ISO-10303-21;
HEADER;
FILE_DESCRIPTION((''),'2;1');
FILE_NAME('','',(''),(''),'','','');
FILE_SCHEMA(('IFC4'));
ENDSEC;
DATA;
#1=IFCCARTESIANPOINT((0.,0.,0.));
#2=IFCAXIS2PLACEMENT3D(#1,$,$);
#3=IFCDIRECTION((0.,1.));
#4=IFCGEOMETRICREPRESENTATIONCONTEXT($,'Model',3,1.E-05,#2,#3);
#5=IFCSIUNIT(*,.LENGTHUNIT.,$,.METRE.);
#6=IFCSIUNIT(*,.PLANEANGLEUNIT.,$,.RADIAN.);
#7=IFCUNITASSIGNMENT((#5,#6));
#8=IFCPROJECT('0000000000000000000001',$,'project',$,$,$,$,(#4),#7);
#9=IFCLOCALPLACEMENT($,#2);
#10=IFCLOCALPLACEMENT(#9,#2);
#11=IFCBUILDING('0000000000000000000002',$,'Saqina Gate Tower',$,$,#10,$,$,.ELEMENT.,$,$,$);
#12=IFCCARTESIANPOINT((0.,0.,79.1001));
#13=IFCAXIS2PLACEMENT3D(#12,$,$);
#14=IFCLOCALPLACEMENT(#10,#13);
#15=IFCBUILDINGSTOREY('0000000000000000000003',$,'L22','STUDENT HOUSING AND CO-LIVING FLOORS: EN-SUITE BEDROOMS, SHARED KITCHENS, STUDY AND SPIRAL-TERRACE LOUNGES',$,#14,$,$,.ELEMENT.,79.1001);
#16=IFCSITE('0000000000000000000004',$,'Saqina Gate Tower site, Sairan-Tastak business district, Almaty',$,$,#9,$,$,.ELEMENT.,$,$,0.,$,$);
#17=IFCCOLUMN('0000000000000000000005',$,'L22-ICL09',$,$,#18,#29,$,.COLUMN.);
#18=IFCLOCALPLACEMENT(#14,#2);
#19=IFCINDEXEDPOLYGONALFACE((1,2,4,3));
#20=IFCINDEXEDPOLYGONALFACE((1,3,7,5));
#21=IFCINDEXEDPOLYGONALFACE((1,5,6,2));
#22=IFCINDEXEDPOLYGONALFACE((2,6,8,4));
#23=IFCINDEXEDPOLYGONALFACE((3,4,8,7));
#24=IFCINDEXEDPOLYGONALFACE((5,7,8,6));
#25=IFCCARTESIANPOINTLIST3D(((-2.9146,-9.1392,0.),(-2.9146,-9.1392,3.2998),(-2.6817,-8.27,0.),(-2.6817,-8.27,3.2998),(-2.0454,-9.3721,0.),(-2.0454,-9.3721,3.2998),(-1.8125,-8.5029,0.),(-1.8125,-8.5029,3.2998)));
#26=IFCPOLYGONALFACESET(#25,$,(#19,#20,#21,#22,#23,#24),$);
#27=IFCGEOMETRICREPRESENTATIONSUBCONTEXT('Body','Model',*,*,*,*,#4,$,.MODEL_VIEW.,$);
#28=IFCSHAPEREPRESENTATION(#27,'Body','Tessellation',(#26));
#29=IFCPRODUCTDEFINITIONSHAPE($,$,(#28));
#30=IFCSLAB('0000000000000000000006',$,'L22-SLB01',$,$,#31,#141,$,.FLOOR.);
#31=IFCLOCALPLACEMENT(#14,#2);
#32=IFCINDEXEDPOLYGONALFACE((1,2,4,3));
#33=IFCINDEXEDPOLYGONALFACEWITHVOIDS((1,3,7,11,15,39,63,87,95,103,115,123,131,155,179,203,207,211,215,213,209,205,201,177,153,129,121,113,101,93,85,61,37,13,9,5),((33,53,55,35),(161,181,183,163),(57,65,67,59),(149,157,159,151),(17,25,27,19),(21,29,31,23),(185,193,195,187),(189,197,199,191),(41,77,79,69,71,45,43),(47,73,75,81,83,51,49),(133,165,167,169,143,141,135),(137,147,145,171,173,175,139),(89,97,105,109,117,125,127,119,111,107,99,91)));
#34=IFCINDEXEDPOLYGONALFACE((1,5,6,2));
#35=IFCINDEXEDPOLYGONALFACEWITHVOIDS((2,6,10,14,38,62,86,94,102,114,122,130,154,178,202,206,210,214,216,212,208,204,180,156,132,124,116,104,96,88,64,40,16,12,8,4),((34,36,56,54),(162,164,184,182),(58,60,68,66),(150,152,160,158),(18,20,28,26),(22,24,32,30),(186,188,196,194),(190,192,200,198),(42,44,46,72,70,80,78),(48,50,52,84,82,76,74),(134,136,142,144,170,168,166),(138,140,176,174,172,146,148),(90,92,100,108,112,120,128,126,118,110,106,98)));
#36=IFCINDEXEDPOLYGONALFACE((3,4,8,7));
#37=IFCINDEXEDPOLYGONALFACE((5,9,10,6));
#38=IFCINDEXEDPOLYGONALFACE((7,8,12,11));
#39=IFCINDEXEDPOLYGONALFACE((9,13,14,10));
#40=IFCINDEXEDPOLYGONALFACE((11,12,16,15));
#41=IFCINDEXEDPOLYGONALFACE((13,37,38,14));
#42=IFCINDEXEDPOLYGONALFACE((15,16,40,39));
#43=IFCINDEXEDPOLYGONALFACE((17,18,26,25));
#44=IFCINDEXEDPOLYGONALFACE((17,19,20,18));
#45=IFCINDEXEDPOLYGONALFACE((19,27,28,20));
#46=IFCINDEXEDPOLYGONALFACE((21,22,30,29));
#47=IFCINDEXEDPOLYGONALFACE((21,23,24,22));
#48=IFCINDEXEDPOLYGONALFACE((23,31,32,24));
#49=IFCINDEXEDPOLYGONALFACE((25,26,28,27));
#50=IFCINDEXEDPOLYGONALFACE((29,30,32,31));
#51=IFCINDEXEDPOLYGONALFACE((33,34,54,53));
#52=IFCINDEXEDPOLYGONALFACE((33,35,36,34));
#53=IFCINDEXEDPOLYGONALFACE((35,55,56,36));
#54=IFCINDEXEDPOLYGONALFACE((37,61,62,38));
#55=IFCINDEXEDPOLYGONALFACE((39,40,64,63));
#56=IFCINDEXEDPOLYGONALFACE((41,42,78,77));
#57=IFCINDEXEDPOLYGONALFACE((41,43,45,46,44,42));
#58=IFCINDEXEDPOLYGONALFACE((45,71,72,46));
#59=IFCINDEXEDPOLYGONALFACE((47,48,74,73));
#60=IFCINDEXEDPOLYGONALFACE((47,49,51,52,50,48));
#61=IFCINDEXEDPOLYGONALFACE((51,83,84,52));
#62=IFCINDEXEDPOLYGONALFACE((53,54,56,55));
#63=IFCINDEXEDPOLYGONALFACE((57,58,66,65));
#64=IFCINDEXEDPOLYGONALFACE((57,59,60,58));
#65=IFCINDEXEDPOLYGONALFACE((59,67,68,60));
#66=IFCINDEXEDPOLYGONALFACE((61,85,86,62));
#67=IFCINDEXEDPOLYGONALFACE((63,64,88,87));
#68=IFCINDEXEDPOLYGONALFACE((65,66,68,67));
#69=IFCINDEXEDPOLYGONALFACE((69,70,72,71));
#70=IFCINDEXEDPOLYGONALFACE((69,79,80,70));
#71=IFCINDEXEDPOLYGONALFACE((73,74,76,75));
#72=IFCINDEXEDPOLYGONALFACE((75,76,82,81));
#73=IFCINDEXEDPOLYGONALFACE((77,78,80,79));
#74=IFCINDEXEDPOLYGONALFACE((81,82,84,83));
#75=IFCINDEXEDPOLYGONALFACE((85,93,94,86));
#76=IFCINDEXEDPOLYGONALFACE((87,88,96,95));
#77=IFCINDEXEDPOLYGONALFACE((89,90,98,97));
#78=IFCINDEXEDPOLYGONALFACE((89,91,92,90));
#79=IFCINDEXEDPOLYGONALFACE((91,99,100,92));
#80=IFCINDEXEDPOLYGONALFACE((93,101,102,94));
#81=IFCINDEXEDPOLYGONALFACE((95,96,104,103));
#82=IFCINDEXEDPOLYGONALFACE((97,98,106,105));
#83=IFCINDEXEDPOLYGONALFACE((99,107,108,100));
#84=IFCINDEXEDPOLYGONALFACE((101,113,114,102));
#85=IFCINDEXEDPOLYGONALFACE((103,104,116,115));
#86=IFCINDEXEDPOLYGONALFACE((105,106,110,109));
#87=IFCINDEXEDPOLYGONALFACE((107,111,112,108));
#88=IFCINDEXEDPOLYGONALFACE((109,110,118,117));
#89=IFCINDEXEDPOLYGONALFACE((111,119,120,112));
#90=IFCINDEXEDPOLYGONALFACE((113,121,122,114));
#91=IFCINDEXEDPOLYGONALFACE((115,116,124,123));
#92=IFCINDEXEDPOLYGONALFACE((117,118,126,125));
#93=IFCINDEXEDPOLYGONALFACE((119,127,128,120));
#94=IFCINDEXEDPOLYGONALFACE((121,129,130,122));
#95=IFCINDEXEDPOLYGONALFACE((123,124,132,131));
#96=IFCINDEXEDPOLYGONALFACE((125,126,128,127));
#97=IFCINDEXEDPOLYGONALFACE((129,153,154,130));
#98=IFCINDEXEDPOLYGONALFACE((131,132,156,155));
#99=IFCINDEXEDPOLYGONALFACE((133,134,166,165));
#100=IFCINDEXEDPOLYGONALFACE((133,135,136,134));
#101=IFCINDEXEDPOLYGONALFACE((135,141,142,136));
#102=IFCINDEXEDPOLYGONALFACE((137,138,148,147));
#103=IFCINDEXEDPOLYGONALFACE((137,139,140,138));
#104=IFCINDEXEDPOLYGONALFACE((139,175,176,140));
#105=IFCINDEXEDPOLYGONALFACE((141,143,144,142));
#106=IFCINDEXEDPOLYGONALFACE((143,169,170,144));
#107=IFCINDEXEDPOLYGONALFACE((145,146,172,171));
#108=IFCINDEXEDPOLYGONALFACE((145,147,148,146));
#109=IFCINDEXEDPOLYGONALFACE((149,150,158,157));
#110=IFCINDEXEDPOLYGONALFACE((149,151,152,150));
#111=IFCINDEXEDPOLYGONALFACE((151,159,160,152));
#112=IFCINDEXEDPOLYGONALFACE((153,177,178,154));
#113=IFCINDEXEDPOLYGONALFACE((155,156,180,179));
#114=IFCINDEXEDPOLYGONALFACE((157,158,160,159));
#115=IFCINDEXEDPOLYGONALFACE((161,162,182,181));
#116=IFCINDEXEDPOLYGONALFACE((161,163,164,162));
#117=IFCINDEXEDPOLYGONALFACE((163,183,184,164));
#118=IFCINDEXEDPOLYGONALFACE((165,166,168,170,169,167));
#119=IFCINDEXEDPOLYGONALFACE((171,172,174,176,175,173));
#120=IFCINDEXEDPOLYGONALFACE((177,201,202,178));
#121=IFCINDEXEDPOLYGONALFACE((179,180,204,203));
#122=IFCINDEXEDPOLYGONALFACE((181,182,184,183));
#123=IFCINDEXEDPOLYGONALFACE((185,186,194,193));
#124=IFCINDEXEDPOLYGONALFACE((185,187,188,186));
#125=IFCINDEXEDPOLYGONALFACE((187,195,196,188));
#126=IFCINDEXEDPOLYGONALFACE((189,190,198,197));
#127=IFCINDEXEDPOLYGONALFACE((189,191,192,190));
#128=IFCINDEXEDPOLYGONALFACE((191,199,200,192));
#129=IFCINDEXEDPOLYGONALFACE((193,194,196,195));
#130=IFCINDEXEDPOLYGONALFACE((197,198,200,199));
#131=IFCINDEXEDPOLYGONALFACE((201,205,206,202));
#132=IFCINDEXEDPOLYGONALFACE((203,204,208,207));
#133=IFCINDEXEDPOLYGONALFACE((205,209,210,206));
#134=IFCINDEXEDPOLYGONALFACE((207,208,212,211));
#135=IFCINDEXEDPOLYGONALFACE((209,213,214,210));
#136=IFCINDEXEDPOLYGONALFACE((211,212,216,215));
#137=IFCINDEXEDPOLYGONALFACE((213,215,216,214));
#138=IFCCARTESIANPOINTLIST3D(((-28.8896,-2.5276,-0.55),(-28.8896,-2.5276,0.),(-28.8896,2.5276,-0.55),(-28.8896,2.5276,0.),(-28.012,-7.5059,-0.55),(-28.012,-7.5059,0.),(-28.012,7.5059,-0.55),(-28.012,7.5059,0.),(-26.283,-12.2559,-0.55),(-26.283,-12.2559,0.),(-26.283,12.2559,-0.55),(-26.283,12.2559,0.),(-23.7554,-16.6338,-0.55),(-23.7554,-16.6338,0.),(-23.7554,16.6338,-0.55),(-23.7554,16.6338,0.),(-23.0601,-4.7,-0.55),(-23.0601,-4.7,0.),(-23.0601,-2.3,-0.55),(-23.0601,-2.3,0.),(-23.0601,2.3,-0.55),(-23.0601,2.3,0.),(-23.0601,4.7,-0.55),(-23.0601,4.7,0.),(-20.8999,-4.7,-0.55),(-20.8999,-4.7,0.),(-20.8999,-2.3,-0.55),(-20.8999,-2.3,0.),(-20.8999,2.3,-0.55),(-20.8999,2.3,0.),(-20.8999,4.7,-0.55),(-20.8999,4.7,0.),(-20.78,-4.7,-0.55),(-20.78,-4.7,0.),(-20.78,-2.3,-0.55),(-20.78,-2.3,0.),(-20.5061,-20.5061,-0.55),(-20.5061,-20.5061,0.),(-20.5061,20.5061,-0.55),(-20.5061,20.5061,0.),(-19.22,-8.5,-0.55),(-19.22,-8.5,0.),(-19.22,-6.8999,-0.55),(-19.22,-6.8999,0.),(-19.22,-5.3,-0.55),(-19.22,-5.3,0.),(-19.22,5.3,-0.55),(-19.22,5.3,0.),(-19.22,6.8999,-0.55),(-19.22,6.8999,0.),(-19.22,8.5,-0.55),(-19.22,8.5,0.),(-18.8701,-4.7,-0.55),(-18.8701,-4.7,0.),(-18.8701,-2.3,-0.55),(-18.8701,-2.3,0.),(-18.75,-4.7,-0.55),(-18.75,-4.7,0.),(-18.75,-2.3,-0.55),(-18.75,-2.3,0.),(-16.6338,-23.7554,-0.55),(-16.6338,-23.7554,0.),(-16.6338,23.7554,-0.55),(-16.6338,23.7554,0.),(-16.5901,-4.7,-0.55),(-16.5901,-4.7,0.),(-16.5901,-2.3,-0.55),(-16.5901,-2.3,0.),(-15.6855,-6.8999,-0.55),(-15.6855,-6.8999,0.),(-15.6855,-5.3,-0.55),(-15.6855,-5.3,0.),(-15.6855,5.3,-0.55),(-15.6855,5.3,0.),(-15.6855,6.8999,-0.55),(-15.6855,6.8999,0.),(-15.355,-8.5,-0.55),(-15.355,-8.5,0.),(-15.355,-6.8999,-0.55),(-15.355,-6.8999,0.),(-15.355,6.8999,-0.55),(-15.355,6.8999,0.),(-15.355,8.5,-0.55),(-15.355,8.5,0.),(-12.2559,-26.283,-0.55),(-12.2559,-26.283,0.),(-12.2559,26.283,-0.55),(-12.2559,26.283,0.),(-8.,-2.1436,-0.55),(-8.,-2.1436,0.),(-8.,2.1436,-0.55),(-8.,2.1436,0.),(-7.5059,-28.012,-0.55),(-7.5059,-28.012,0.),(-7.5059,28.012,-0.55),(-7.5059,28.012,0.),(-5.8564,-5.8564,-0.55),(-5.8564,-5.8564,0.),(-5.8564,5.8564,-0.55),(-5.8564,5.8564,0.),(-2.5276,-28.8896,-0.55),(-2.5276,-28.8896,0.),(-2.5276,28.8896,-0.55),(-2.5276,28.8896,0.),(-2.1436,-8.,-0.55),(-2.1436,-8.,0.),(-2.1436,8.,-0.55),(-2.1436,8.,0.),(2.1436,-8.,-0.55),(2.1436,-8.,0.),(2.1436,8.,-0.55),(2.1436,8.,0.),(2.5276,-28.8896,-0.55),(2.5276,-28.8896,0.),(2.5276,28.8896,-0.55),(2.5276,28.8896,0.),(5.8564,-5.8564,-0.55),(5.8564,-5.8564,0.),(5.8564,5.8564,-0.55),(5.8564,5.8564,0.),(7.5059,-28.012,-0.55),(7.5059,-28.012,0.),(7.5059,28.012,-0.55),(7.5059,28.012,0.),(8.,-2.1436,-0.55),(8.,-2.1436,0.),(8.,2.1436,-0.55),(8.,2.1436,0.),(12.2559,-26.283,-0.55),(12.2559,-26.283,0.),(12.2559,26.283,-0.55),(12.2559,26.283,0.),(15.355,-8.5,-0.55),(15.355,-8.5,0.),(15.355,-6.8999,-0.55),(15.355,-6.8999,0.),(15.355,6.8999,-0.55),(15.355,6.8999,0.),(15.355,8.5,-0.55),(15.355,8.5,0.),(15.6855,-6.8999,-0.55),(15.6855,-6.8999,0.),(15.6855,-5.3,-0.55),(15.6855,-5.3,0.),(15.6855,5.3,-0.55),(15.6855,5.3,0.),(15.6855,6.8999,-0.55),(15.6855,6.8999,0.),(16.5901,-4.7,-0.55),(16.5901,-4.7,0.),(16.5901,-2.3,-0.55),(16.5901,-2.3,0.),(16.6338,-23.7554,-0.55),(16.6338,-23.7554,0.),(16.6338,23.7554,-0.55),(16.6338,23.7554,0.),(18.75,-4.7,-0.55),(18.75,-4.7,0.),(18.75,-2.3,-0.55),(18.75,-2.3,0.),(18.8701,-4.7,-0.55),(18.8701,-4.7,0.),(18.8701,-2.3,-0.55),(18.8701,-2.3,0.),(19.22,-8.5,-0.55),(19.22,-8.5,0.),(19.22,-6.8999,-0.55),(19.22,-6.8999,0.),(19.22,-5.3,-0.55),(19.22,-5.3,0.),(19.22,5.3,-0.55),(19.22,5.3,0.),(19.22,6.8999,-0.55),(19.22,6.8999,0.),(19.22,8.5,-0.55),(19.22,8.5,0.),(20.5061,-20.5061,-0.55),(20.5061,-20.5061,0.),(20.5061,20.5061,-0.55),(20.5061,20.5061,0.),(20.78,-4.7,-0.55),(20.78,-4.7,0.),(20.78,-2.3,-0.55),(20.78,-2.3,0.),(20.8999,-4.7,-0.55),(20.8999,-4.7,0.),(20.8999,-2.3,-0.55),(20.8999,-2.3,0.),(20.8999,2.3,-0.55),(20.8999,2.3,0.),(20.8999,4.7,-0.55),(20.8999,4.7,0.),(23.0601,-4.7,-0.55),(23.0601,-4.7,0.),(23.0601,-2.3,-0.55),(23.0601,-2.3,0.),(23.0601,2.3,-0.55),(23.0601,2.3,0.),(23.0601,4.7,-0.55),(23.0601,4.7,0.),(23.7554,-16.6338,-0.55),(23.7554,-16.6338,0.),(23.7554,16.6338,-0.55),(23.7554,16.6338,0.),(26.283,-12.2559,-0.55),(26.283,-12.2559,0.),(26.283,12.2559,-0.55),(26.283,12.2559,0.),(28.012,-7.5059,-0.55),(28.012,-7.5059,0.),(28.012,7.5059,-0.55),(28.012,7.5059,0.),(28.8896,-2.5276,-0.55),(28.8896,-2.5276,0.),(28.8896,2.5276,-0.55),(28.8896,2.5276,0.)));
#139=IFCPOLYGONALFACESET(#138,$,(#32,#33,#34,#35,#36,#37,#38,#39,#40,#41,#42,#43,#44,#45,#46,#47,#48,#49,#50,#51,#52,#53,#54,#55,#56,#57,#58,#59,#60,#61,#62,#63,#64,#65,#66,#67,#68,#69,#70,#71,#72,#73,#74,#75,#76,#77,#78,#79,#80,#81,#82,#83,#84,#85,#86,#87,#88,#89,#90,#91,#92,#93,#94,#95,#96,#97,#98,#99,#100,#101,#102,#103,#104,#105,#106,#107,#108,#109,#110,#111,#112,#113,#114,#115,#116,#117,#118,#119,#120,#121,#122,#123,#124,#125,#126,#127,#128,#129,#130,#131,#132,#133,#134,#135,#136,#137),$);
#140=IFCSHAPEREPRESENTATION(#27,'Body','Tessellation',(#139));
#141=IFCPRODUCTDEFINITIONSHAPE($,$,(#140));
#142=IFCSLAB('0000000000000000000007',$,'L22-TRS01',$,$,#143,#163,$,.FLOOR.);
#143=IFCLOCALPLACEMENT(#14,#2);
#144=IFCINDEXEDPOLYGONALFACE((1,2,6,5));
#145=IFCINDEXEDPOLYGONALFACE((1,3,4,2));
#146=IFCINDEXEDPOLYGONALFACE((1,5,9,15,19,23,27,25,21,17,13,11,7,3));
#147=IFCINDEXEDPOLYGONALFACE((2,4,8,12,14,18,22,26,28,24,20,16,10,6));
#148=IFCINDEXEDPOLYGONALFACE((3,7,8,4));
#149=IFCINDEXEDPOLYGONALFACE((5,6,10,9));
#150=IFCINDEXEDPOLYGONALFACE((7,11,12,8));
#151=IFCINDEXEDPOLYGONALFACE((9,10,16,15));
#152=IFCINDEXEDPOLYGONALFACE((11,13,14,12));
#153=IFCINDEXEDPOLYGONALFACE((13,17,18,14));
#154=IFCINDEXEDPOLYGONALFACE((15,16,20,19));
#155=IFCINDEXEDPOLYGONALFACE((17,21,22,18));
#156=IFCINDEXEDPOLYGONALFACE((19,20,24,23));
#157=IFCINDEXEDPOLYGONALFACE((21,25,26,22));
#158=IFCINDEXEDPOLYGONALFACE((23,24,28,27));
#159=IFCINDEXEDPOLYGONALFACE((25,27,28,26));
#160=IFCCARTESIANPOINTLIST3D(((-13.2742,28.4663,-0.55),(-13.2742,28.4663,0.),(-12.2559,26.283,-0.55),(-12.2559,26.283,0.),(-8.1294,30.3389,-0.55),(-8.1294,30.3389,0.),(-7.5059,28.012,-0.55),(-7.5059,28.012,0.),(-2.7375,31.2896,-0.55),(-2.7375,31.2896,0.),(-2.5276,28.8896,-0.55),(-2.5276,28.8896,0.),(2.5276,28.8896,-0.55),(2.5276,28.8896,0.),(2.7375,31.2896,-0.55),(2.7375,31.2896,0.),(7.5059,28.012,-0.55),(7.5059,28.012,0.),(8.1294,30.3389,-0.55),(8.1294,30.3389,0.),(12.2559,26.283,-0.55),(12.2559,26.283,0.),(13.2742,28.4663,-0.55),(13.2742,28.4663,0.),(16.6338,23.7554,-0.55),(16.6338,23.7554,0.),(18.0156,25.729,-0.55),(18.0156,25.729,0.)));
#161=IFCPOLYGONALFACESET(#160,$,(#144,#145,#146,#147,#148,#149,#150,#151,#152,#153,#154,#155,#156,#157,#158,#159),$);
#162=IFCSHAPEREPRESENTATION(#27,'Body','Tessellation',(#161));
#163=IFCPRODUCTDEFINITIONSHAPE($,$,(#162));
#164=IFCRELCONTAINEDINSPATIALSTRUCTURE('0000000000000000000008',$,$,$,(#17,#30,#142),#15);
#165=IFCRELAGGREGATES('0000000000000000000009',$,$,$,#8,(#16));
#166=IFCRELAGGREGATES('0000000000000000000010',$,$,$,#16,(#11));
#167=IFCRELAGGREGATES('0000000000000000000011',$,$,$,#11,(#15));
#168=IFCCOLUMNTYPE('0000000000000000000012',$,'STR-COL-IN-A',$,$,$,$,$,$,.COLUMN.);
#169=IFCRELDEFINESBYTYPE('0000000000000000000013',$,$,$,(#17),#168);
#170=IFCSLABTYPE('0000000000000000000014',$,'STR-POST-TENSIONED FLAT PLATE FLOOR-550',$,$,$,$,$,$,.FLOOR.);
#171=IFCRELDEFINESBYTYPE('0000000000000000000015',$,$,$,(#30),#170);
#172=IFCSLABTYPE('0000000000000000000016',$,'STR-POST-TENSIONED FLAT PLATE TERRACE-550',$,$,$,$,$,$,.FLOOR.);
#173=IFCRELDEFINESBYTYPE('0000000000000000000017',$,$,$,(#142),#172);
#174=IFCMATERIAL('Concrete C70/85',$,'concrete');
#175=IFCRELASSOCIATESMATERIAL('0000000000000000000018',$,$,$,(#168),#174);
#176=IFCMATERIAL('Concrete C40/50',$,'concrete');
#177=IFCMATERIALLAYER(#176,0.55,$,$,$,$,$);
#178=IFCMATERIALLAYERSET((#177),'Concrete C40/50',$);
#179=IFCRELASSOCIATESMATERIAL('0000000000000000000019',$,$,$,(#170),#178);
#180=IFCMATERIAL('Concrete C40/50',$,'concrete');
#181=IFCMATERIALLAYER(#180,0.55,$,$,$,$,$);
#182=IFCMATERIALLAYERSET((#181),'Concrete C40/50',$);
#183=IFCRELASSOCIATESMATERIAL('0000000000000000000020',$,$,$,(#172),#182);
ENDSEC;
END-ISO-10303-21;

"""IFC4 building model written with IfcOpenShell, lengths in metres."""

from ifc_helpers import new_model, si_unit, direction, frame, origin, origin_2d, place, context, subcontext, project, spatial, polyline, rectangle, outline, extrude, material, layer, layer_set, material_profile, profile_set, type_object, element, save


model = new_model("IFC4")

# Units and contexts
model_context = context("Model", 3, precision=1e-05, world=origin(), true_north=direction((0.0, 1.0)))
body_context = subcontext(model_context, "Body", "Model", "MODEL_VIEW")
ifc_project = project(units=[si_unit("LENGTHUNIT", "METRE"), si_unit("PLANEANGLEUNIT", "RADIAN")], contexts=[model_context])

# Site, building, storey
site_placement = place(None, origin())
site = spatial("IfcSite", under=ifc_project, at=site_placement, Name="Saqina Gate Tower site, Sairan-Tastak business district, Almaty", CompositionType="ELEMENT", RefElevation=0.0)
building_placement = place(site_placement, origin())
building = spatial("IfcBuilding", under=site, at=building_placement, Name="Saqina Gate Tower", CompositionType="ELEMENT")
storey_placement = place(building_placement, frame((0.0, 0.0, 79.1001)))
storey = spatial("IfcBuildingStorey", under=building, at=storey_placement, Name="L22", Description="STUDENT HOUSING AND CO-LIVING FLOORS: EN-SUITE BEDROOMS, SHARED KITCHENS, STUDY AND SPIRAL-TERRACE LOUNGES", CompositionType="ELEMENT", Elevation=79.1001)

# Column
ifc_material_1 = material(Name="Concrete C70/85", Category="concrete")
ifc_material_profile = material_profile(ifc_material_1, rectangle(XDim=0.8999, YDim=0.8999, at=origin_2d()), Name="RC 900x900")
ifc_profile_set = profile_set([ifc_material_profile], Name="Concrete C70/85")
column_type = type_object("IfcColumnType", Name="STR-COL-IN-A", PredefinedType="COLUMN", material=ifc_profile_set)
column_placement = place(storey_placement, frame((-2.3635, -8.821, 0.0), z_axis=(0.0, 0.0, 1.0), x_axis=(-0.258819, -0.965926, 0.0)))
element("IfcColumn", 1, at=column_placement, inside=storey, type_object=column_type, Name="L22-ICL09", PredefinedType="COLUMN", context=body_context, shape_type="SweptSolid", body=[
    extrude(rectangle(XDim=0.8999, YDim=0.8999, at=origin_2d()), origin(), (0.0, 0.0, 1.0), 3.2998),
])

# Slabs
ifc_material_2 = material(Name="Concrete C40/50", Category="concrete")
ifc_layer_1 = layer(ifc_material_2, 0.55)
ifc_layer_set_1 = layer_set([ifc_layer_1], Name="Concrete C40/50")
slab_type_1 = type_object("IfcSlabType", Name="STR-POST-TENSIONED FLAT PLATE FLOOR-550", PredefinedType="FLOOR", material=ifc_layer_set_1)
slab_1_placement = place(storey_placement, frame((0.0, 0.0, -0.55)))
element("IfcSlab", 2, at=slab_1_placement, inside=storey, type_object=slab_type_1, Name="L22-SLB01", PredefinedType="FLOOR", context=body_context, shape_type="SweptSolid", body=[
    extrude(outline(polyline([(28.012, -7.5059), (28.8896, -2.5276), (28.8896, 2.5276), (28.012, 7.5059), (26.283, 12.2559), (23.7554, 16.6338), (20.5061, 20.5061), (16.6338, 23.7554), (12.2559, 26.283), (7.5059, 28.012), (2.5276, 28.8896), (-2.5276, 28.8896), (-7.5059, 28.012), (-12.2559, 26.283), (-16.6338, 23.7554), (-20.5061, 20.5061), (-23.7554, 16.6338), (-26.283, 12.2559), (-28.012, 7.5059), (-28.8896, 2.5276), (-28.8896, -2.5276), (-28.012, -7.5059), (-26.283, -12.2559), (-23.7554, -16.6338), (-20.5061, -20.5061), (-16.6338, -23.7554), (-12.2559, -26.283), (-7.5059, -28.012), (-2.5276, -28.8896), (2.5276, -28.8896), (7.5059, -28.012), (12.2559, -26.283), (16.6338, -23.7554), (20.5061, -20.5061), (23.7554, -16.6338), (26.283, -12.2559), (28.012, -7.5059)]), holes=[polyline([(2.1436, 8.0), (5.8564, 5.8564), (8.0, 2.1436), (8.0, -2.1436), (5.8564, -5.8564), (2.1436, -8.0), (-2.1436, -8.0), (-5.8564, -5.8564), (-8.0, -2.1436), (-8.0, 2.1436), (-5.8564, 5.8564), (-2.1436, 8.0), (2.1436, 8.0)]), polyline([(-19.22, -8.5), (-19.22, -6.8999), (-19.22, -5.3), (-15.6855, -5.3), (-15.6855, -6.8999), (-15.355, -6.8999), (-15.355, -8.5), (-19.22, -8.5)]), polyline([(-20.8999, -2.3), (-20.8999, -4.7), (-23.0601, -4.7), (-23.0601, -2.3), (-20.8999, -2.3)]), polyline([(-18.8701, -2.3), (-18.8701, -4.7), (-20.78, -4.7), (-20.78, -2.3), (-18.8701, -2.3)]), polyline([(-16.5901, -2.3), (-16.5901, -4.7), (-18.75, -4.7), (-18.75, -2.3), (-16.5901, -2.3)]), polyline([(-20.8999, 4.7), (-20.8999, 2.3), (-23.0601, 2.3), (-23.0601, 4.7), (-20.8999, 4.7)]), polyline([(-19.22, 6.8999), (-19.22, 8.5), (-15.355, 8.5), (-15.355, 6.8999), (-15.6855, 6.8999), (-15.6855, 5.3), (-19.22, 5.3), (-19.22, 6.8999)]), polyline([(15.355, -6.8999), (15.6855, -6.8999), (15.6855, -5.3), (19.22, -5.3), (19.22, -6.8999), (19.22, -8.5), (15.355, -8.5), (15.355, -6.8999)]), polyline([(18.75, -2.3), (18.75, -4.7), (16.5901, -4.7), (16.5901, -2.3), (18.75, -2.3)]), polyline([(20.78, -2.3), (20.78, -4.7), (18.8701, -4.7), (18.8701, -2.3), (20.78, -2.3)]), polyline([(23.0601, -2.3), (23.0601, -4.7), (20.8999, -4.7), (20.8999, -2.3), (23.0601, -2.3)]), polyline([(23.0601, 4.7), (23.0601, 2.3), (20.8999, 2.3), (20.8999, 4.7), (23.0601, 4.7)]), polyline([(15.6855, 6.8999), (15.355, 6.8999), (15.355, 8.5), (19.22, 8.5), (19.22, 6.8999), (19.22, 5.3), (15.6855, 5.3), (15.6855, 6.8999)])]), origin(), (0.0, 0.0, 1.0), 0.55),
])
ifc_material_3 = material(Name="Concrete C40/50", Category="concrete")
ifc_layer_2 = layer(ifc_material_3, 0.55)
ifc_layer_set_2 = layer_set([ifc_layer_2], Name="Concrete C40/50")
slab_type_2 = type_object("IfcSlabType", Name="STR-POST-TENSIONED FLAT PLATE TERRACE-550", PredefinedType="FLOOR", material=ifc_layer_set_2)
slab_2_placement = place(storey_placement, frame((0.0, 0.0, -0.55)))
element("IfcSlab", 3, at=slab_2_placement, inside=storey, type_object=slab_type_2, Name="L22-TRS01", PredefinedType="FLOOR", context=body_context, shape_type="SweptSolid", body=[
    extrude(outline(polyline([(16.6338, 23.7554), (12.2559, 26.283), (7.5059, 28.012), (2.5276, 28.8896), (-2.5276, 28.8896), (-7.5059, 28.012), (-12.2559, 26.283), (-13.2742, 28.4663), (-8.1294, 30.3389), (-2.7375, 31.2896), (2.7375, 31.2896), (8.1294, 30.3389), (13.2742, 28.4663), (18.0156, 25.729), (16.6338, 23.7554)])), origin(), (0.0, 0.0, 1.0), 0.55),
])

save(model, "model.ifc")
